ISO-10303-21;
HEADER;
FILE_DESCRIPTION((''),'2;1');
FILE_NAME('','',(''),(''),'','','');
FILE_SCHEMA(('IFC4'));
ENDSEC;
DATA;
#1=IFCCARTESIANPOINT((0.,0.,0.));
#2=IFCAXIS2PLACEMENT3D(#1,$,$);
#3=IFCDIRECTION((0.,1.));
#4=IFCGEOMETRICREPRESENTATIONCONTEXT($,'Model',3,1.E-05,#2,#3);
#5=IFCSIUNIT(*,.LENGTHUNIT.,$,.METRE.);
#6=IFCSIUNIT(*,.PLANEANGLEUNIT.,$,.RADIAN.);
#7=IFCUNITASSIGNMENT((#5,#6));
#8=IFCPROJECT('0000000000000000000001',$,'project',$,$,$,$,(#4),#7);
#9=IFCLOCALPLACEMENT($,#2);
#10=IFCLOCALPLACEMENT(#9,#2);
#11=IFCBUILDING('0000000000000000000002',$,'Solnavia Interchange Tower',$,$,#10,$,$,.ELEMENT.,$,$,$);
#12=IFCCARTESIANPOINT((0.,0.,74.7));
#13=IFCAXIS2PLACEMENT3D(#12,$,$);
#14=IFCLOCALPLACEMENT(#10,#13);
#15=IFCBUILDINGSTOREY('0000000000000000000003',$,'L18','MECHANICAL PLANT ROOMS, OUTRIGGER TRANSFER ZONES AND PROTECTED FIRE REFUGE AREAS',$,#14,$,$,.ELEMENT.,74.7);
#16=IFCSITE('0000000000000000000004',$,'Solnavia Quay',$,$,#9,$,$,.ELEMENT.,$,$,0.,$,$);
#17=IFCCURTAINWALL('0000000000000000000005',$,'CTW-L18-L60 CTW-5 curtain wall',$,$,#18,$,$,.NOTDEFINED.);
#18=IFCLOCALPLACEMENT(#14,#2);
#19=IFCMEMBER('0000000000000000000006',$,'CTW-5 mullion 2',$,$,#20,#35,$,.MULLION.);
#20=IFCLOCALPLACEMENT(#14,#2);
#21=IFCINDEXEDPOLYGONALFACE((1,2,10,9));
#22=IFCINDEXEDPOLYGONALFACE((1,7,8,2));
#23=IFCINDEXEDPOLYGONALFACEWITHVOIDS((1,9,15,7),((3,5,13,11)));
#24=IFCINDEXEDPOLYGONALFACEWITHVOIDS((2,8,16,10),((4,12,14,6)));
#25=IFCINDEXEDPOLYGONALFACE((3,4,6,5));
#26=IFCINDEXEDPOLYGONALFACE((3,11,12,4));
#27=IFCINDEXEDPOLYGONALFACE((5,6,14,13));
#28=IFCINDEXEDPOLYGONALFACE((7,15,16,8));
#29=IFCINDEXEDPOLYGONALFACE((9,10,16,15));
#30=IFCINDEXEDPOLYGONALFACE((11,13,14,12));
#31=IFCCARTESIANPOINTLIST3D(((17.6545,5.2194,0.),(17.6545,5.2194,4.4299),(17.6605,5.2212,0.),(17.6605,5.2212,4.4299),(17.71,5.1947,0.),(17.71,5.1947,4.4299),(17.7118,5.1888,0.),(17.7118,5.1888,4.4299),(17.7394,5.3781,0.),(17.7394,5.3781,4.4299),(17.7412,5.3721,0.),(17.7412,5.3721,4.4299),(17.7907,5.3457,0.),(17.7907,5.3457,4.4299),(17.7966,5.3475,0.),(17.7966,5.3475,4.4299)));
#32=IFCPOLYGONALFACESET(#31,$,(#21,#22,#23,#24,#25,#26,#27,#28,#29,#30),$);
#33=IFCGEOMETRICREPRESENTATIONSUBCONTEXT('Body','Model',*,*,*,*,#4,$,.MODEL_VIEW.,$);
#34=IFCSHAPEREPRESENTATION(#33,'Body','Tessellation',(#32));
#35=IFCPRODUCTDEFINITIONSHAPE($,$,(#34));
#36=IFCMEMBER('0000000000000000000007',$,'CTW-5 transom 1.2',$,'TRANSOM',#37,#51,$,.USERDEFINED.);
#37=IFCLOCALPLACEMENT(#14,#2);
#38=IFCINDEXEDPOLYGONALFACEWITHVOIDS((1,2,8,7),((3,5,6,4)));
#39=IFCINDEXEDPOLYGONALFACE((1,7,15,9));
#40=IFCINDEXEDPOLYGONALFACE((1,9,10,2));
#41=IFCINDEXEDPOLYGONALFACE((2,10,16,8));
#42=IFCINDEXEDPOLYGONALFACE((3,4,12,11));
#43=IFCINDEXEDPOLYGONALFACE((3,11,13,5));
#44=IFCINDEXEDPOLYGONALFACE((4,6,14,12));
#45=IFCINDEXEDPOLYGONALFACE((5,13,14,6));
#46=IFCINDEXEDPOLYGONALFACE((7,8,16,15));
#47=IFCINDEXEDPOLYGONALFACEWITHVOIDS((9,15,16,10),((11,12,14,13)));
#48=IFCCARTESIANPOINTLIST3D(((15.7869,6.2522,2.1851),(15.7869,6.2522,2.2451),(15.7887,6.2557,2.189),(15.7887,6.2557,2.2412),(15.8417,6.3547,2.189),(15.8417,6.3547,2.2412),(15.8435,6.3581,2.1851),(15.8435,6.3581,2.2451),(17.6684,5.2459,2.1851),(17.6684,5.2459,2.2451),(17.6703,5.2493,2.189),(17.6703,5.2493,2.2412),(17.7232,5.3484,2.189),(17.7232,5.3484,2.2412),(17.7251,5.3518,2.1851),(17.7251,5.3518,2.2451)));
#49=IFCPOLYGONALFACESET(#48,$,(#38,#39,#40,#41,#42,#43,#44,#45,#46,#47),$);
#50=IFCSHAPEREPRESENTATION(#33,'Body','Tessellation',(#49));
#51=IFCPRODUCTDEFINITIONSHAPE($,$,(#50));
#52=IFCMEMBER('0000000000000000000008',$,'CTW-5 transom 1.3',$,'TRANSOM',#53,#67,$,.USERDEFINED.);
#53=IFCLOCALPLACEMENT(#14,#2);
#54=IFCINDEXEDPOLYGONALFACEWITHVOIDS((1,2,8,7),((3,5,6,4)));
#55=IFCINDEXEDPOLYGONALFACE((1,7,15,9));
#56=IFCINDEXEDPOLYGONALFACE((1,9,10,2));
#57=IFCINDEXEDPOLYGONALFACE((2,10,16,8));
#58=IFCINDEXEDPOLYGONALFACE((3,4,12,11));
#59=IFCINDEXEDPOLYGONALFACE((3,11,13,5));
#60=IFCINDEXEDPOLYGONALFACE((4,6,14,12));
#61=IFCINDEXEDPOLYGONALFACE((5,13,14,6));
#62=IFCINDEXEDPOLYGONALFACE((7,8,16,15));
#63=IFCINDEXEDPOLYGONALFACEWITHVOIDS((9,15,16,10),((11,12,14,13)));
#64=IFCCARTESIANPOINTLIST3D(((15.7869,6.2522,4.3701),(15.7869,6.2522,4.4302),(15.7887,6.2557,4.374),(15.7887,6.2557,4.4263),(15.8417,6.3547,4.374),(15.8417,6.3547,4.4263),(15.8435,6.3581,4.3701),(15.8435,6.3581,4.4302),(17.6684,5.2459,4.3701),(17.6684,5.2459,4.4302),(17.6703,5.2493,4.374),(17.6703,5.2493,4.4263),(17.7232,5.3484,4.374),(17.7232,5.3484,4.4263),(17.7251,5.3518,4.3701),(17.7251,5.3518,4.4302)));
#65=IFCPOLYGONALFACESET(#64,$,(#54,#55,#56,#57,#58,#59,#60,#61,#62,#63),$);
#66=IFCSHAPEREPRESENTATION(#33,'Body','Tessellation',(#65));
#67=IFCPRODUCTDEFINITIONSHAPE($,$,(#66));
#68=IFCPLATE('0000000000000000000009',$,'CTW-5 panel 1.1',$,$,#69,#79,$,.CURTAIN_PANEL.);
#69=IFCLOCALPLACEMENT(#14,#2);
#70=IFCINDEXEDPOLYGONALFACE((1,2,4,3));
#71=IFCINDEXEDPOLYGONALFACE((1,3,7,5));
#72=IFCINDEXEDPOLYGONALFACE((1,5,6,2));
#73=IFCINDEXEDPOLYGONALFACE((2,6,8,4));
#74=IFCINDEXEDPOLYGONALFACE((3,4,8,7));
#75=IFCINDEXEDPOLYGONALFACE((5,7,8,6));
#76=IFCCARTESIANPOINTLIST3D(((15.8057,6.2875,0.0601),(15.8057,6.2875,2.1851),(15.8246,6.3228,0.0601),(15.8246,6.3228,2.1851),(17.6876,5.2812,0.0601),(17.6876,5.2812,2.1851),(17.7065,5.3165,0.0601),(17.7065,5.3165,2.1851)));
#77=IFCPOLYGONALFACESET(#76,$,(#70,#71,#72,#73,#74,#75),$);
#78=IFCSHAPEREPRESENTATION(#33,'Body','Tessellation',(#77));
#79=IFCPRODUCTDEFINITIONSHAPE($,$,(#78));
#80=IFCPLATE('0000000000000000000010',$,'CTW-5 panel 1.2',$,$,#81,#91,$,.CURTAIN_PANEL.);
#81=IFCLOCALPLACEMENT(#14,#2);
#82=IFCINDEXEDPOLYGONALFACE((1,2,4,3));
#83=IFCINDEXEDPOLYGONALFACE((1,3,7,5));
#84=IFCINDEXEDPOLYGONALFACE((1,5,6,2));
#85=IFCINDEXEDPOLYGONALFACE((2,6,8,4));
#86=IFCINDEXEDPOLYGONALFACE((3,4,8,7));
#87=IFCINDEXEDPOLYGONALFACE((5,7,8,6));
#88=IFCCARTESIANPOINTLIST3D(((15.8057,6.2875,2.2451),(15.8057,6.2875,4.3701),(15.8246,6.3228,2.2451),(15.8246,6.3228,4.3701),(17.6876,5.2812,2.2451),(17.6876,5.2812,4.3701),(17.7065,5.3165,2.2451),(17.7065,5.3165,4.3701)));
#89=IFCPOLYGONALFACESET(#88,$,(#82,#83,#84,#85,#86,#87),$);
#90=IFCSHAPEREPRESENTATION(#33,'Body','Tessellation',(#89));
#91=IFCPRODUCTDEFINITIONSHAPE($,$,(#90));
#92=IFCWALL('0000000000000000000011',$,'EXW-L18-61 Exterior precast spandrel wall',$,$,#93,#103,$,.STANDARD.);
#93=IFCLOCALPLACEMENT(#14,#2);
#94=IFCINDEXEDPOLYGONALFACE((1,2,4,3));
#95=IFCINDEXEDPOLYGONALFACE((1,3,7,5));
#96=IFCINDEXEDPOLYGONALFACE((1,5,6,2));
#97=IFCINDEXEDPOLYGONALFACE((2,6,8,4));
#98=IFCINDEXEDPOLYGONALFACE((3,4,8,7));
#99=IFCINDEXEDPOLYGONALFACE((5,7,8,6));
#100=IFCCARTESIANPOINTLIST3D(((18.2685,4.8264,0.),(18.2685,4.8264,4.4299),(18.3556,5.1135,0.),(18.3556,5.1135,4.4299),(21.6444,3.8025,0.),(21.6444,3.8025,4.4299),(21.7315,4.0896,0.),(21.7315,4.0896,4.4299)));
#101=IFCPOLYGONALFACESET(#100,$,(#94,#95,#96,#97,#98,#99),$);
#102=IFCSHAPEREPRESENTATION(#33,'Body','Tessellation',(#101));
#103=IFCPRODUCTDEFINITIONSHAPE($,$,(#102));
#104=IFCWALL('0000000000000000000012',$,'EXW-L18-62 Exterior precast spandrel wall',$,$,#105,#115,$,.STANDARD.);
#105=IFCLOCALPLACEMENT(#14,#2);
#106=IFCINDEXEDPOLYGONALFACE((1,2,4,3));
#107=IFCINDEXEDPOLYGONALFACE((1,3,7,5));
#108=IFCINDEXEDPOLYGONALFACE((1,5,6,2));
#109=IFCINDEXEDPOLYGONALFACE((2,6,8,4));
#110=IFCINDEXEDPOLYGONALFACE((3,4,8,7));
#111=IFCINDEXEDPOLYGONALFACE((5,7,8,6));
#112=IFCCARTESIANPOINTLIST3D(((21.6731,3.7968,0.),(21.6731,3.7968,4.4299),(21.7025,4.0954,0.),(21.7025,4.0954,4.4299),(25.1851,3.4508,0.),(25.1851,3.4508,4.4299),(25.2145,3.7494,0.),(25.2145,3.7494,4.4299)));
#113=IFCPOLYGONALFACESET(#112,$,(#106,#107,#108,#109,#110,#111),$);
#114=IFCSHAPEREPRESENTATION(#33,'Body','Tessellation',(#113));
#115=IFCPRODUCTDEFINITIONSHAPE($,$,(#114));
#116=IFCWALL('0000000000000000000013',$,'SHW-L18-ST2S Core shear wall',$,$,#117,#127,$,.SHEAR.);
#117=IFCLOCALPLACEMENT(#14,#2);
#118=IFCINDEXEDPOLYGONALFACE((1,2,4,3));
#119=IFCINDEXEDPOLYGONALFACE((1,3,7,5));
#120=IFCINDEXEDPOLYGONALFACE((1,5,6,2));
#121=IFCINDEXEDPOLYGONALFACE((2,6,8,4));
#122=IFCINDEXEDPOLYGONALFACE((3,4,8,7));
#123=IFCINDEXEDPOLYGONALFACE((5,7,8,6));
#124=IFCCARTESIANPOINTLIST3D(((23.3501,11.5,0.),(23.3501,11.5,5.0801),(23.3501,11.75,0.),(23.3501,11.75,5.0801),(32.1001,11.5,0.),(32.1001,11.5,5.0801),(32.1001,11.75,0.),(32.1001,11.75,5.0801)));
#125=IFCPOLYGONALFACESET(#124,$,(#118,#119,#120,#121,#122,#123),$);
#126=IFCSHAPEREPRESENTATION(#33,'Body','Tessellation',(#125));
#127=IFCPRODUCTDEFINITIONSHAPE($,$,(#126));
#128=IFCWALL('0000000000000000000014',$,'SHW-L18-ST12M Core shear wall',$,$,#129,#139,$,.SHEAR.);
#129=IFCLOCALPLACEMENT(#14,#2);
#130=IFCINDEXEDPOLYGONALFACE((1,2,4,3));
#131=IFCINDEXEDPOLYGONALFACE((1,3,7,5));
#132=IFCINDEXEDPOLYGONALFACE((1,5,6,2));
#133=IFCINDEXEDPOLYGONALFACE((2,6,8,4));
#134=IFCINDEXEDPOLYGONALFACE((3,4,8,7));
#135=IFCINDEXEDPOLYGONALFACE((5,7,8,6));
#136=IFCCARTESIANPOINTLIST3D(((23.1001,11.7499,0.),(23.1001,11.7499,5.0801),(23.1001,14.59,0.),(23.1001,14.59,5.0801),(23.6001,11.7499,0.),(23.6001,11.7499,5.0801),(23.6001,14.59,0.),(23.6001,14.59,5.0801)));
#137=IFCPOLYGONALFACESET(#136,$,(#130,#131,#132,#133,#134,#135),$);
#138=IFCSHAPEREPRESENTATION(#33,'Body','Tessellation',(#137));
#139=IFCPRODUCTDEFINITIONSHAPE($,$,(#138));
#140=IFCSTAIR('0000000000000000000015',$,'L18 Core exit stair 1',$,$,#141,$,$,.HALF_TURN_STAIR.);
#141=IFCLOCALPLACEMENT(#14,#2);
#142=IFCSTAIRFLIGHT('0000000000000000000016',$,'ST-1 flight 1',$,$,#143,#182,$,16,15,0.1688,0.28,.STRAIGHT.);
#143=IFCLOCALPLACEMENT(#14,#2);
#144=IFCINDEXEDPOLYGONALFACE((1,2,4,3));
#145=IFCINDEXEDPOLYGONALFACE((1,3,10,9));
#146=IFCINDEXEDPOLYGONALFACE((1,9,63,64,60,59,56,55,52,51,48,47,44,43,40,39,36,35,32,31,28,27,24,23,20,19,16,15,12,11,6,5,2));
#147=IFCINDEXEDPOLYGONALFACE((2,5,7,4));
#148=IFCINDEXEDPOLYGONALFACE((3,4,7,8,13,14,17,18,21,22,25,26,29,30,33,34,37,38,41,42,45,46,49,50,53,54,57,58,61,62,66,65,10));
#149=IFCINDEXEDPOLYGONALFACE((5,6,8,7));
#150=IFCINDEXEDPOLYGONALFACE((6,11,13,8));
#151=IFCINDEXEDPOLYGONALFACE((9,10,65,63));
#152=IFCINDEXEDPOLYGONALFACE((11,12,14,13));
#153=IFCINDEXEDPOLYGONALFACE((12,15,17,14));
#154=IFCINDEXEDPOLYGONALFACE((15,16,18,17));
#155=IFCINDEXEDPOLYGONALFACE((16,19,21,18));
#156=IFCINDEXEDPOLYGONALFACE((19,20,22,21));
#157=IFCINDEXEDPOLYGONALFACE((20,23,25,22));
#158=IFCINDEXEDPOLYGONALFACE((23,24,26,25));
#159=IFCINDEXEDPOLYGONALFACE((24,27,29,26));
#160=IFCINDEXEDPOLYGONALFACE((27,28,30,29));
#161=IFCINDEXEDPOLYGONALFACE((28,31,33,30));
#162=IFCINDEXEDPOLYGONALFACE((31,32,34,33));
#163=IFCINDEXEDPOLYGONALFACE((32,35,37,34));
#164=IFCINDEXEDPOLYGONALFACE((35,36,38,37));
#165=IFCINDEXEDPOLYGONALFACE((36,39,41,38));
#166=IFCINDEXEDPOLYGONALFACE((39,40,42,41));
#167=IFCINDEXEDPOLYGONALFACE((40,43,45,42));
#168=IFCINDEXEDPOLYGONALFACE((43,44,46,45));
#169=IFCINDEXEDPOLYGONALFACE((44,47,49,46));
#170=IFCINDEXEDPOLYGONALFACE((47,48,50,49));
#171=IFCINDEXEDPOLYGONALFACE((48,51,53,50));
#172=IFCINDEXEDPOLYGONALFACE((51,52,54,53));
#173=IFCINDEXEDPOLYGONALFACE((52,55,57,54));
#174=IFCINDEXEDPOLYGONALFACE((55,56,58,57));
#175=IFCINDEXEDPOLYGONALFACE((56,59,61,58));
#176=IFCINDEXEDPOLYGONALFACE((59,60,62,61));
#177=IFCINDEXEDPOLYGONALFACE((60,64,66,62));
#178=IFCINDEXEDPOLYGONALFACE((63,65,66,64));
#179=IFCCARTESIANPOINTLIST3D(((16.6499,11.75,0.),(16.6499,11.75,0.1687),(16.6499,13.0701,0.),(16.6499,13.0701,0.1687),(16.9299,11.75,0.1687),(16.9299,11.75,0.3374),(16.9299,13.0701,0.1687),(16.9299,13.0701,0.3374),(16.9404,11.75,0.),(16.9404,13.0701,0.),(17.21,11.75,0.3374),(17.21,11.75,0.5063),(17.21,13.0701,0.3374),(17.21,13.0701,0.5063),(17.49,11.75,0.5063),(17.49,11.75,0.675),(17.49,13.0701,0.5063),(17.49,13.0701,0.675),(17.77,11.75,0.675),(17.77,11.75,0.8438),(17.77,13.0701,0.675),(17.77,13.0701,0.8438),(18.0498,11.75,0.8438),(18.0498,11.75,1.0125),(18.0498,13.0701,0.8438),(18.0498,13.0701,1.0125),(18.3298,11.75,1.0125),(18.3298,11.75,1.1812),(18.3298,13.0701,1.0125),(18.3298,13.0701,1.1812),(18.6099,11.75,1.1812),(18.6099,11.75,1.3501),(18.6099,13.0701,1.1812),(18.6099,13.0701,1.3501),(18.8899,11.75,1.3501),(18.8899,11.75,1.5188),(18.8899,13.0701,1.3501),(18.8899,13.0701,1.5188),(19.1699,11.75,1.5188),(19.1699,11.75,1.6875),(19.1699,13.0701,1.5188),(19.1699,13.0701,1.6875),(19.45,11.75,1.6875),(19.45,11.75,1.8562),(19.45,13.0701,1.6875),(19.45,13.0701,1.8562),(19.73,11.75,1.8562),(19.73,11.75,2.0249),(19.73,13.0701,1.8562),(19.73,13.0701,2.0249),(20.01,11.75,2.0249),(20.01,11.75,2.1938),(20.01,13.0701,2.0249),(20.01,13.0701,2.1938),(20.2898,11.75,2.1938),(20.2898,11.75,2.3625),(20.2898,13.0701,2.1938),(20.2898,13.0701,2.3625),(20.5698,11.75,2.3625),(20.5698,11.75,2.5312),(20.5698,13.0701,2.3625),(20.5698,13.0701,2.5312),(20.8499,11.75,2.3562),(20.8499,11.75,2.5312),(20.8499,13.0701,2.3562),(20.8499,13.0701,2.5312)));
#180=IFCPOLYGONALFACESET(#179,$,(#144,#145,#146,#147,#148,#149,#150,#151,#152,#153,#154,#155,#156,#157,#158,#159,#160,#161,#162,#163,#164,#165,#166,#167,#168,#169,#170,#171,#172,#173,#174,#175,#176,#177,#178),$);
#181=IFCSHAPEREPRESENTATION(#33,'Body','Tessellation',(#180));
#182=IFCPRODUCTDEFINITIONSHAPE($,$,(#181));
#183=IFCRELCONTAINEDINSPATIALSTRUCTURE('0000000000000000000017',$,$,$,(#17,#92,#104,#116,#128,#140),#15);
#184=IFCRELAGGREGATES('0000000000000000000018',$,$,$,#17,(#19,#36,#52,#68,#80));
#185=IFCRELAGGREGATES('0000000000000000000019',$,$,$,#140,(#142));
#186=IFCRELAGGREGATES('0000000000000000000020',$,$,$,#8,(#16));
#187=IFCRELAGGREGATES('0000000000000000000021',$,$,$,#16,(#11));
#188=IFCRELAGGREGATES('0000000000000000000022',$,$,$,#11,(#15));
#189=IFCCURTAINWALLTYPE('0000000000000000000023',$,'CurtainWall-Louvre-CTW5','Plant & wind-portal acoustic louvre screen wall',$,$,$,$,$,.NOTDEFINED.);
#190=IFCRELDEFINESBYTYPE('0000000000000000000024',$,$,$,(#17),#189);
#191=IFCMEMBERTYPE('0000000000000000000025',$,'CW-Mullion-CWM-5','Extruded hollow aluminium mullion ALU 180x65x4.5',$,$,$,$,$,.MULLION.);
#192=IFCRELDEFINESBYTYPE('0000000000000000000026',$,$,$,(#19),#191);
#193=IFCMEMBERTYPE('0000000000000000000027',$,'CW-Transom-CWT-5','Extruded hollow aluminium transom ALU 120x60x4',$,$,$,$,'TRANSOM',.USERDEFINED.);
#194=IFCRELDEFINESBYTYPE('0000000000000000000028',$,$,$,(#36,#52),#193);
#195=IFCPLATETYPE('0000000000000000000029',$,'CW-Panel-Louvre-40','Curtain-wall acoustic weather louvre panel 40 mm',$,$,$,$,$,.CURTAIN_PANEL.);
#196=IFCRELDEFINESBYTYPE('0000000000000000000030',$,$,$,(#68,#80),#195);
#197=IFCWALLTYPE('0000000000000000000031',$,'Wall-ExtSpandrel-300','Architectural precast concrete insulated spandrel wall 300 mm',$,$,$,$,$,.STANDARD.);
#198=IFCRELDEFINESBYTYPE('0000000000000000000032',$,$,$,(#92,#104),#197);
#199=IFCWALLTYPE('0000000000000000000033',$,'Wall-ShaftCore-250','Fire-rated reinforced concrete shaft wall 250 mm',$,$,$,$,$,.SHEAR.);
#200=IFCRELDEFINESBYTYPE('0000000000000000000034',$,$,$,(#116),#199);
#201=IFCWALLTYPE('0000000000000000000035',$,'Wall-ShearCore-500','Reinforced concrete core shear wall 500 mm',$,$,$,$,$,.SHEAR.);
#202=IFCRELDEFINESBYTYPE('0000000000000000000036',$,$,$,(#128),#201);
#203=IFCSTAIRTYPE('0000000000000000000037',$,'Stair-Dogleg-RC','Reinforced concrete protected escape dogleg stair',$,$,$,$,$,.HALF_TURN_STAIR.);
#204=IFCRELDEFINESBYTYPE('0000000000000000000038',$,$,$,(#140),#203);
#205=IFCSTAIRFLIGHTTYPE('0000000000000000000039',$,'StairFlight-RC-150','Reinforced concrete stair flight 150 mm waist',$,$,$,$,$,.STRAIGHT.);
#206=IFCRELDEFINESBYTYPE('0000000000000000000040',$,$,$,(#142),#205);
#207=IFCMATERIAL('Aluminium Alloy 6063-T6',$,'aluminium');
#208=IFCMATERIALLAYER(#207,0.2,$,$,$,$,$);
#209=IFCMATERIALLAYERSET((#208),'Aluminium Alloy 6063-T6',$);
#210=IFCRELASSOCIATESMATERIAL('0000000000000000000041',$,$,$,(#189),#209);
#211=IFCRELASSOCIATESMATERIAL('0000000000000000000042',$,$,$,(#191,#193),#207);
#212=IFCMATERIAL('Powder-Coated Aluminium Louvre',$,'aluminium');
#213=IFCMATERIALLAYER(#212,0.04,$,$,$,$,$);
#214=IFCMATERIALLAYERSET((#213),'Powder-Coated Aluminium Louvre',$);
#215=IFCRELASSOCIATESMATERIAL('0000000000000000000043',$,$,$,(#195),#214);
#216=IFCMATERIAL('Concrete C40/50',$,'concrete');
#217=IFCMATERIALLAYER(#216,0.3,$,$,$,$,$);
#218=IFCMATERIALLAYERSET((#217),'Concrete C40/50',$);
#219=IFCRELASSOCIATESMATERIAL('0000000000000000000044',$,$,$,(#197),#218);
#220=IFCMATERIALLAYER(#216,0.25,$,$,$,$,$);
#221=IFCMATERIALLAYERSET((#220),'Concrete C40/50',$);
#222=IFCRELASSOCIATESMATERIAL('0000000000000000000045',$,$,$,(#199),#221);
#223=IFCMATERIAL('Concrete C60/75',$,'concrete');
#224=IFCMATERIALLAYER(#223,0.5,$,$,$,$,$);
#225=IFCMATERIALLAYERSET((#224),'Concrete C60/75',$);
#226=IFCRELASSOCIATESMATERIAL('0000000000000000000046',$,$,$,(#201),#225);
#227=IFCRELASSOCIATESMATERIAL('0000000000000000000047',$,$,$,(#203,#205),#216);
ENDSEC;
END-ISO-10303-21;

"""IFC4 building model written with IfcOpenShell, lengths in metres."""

from ifc_helpers import new_model, si_unit, direction, frame, frame_2d, origin, origin_2d, place, context, subcontext, project, spatial, polyline, rectangle, hollow_rectangle, outline, extrude, material, layer, layer_set, material_profile, profile_set, type_object, element, aggregate, save


model = new_model("IFC4")

# Units and contexts
model_context = context("Model", 3, precision=1e-05, world=origin(), true_north=direction((0.0, 1.0)))
body_context = subcontext(model_context, "Body", "Model", "MODEL_VIEW")
ifc_project = project(units=[si_unit("LENGTHUNIT", "METRE"), si_unit("PLANEANGLEUNIT", "RADIAN")], contexts=[model_context])

# Site, building, storey
site_placement = place(None, origin())
site = spatial("IfcSite", under=ifc_project, at=site_placement, Name="Solnavia Quay", CompositionType="ELEMENT", RefElevation=0.0)
building_placement = place(site_placement, origin())
building = spatial("IfcBuilding", under=site, at=building_placement, Name="Solnavia Interchange Tower", CompositionType="ELEMENT")
storey_placement = place(building_placement, frame((0.0, 0.0, 74.7)))
storey = spatial("IfcBuildingStorey", under=building, at=storey_placement, Name="L18", Description="MECHANICAL PLANT ROOMS, OUTRIGGER TRANSFER ZONES AND PROTECTED FIRE REFUGE AREAS", CompositionType="ELEMENT", Elevation=74.7)

# Shared definitions
ifc_material_1 = material(Name="Concrete C60/75", Category="concrete")

# Curtain wall, members, plates
ifc_material_2 = material(Name="Aluminium Alloy 6063-T6", Category="aluminium")
ifc_layer_1 = layer(ifc_material_2, 0.2)
ifc_layer_set_1 = layer_set([ifc_layer_1], Name="Aluminium Alloy 6063-T6")
curtain_wall_type = type_object("IfcCurtainWallType", Name="CurtainWall-Louvre-CTW5", Description="Plant & wind-portal acoustic louvre screen wall", PredefinedType="NOTDEFINED", material=ifc_layer_set_1)
curtain_wall_placement = place(storey_placement, origin())
curtain_wall = element("IfcCurtainWall", 1, at=curtain_wall_placement, inside=storey, type_object=curtain_wall_type, Name="CTW-L18-L60 CTW-5 curtain wall", PredefinedType="NOTDEFINED")
ifc_material_profile_1 = material_profile(ifc_material_2, hollow_rectangle(XDim=0.0649, YDim=0.1799, WallThickness=0.0044, at=origin_2d()), Name="ALU 180x65x4.5")
ifc_profile_set_1 = profile_set([ifc_material_profile_1], Name="Aluminium Alloy 6063-T6")
member_type_1 = type_object("IfcMemberType", Name="CW-Mullion-CWM-5", Description="Extruded hollow aluminium mullion ALU 180x65x4.5", PredefinedType="MULLION", material=ifc_profile_set_1)
member_1_placement = place(storey_placement, frame((17.7256, 5.2834, 0.0), z_axis=(0.0, 0.0, 1.0), x_axis=(0.881829, -0.471569, 0.0)))
member_1 = element("IfcMember", 2, at=member_1_placement, type_object=member_type_1, Name="CTW-5 mullion 2", PredefinedType="MULLION", context=body_context, shape_type="SweptSolid", body=[
    extrude(hollow_rectangle(XDim=0.0649, YDim=0.1799, WallThickness=0.0044, at=origin_2d()), origin(), (0.0, 0.0, 1.0), 4.4299),
])
ifc_material_profile_2 = material_profile(ifc_material_2, hollow_rectangle(XDim=0.0601, YDim=0.1201, WallThickness=0.0039, at=origin_2d()), Name="ALU 120x60x4")
ifc_profile_set_2 = profile_set([ifc_material_profile_2], Name="Aluminium Alloy 6063-T6")
member_type_2 = type_object("IfcMemberType", Name="CW-Transom-CWT-5", Description="Extruded hollow aluminium transom ALU 120x60x4", ElementType="TRANSOM", PredefinedType="USERDEFINED", material=ifc_profile_set_2)
member_2_placement = place(storey_placement, frame((15.8152, 6.3052, 2.2151), z_axis=(0.881801, -0.471621, 0.0), x_axis=(0.0, 0.0, 1.0)))
member_2 = element("IfcMember", 3, at=member_2_placement, type_object=member_type_2, Name="CTW-5 transom 1.2", ObjectType="TRANSOM", PredefinedType="USERDEFINED", context=body_context, shape_type="SweptSolid", body=[
    extrude(hollow_rectangle(XDim=0.0601, YDim=0.1201, WallThickness=0.0039, at=origin_2d()), origin(), (0.0, 0.0, 1.0), 2.1338),
])
member_3_placement = place(storey_placement, frame((15.8152, 6.3052, 4.4001), z_axis=(0.881801, -0.471621, 0.0), x_axis=(0.0, 0.0, 1.0)))
member_3 = element("IfcMember", 4, at=member_3_placement, type_object=member_type_2, Name="CTW-5 transom 1.3", ObjectType="TRANSOM", PredefinedType="USERDEFINED", context=body_context, shape_type="SweptSolid", body=[
    extrude(hollow_rectangle(XDim=0.0601, YDim=0.1201, WallThickness=0.0039, at=origin_2d()), origin(), (0.0, 0.0, 1.0), 2.1338),
])
ifc_material_3 = material(Name="Powder-Coated Aluminium Louvre", Category="aluminium")
ifc_layer_2 = layer(ifc_material_3, 0.04)
ifc_layer_set_2 = layer_set([ifc_layer_2], Name="Powder-Coated Aluminium Louvre")
plate_type = type_object("IfcPlateType", Name="CW-Panel-Louvre-40", Description="Curtain-wall acoustic weather louvre panel 40 mm", PredefinedType="CURTAIN_PANEL", material=ifc_layer_set_2)
plate_1_placement = place(storey_placement, frame((16.7561, 5.802, 0.0601), z_axis=(0.0, 0.0, 1.0), x_axis=(0.881829, -0.471569, 0.0)))
plate_1 = element("IfcPlate", 5, at=plate_1_placement, type_object=plate_type, Name="CTW-5 panel 1.1", PredefinedType="CURTAIN_PANEL", context=body_context, shape_type="SweptSolid", body=[
    extrude(rectangle(XDim=2.134, YDim=0.04, at=origin_2d()), origin(), (0.0, 0.0, 1.0), 2.125),
])
plate_2_placement = place(storey_placement, frame((16.7561, 5.802, 2.2451), z_axis=(0.0, 0.0, 1.0), x_axis=(0.881829, -0.471569, 0.0)))
plate_2 = element("IfcPlate", 6, at=plate_2_placement, type_object=plate_type, Name="CTW-5 panel 1.2", PredefinedType="CURTAIN_PANEL", context=body_context, shape_type="SweptSolid", body=[
    extrude(rectangle(XDim=2.134, YDim=0.04, at=origin_2d()), origin(), (0.0, 0.0, 1.0), 2.125),
])
aggregate(curtain_wall, [member_1, member_2, member_3, plate_1, plate_2])

# Walls
ifc_material_4 = material(Name="Concrete C40/50", Category="concrete")
ifc_layer_3 = layer(ifc_material_4, 0.3)
ifc_layer_set_3 = layer_set([ifc_layer_3], Name="Concrete C40/50")
wall_type_1 = type_object("IfcWallType", Name="Wall-ExtSpandrel-300", Description="Architectural precast concrete insulated spandrel wall 300 mm", PredefinedType="STANDARD", material=ifc_layer_set_3)
wall_1_placement = place(storey_placement, frame((21.688, 3.946, 0.0), z_axis=(0.0, 0.0, 1.0), x_axis=(-0.956953, 0.290242, 0.0)))
element("IfcWall", 7, at=wall_1_placement, inside=storey, type_object=wall_type_1, Name="EXW-L18-61 Exterior precast spandrel wall", PredefinedType="STANDARD", context=body_context, shape_type="SweptSolid", body=[
    extrude(rectangle(XDim=3.5278, YDim=0.3, at=frame_2d((1.7639, 0.0))), origin(), (0.0, 0.0, 1.0), 4.4299),
])
wall_2_placement = place(storey_placement, frame((25.2, 3.6001, 0.0), z_axis=(0.0, 0.0, 1.0), x_axis=(-0.995183, 0.098031, 0.0)))
element("IfcWall", 8, at=wall_2_placement, inside=storey, type_object=wall_type_1, Name="EXW-L18-62 Exterior precast spandrel wall", PredefinedType="STANDARD", context=body_context, shape_type="SweptSolid", body=[
    extrude(rectangle(XDim=3.5291, YDim=0.3, at=frame_2d((1.7646, 0.0))), origin(), (0.0, 0.0, 1.0), 4.4299),
])
ifc_layer_4 = layer(ifc_material_4, 0.25)
ifc_layer_set_4 = layer_set([ifc_layer_4], Name="Concrete C40/50")
wall_type_2 = type_object("IfcWallType", Name="Wall-ShaftCore-250", Description="Fire-rated reinforced concrete shaft wall 250 mm", PredefinedType="SHEAR", material=ifc_layer_set_4)
wall_3_placement = place(storey_placement, frame((23.3501, 11.625, 0.0), z_axis=(0.0, 0.0, 1.0), x_axis=(1.0, 0.0, 0.0)))
element("IfcWall", 9, at=wall_3_placement, inside=storey, type_object=wall_type_2, Name="SHW-L18-ST2S Core shear wall", PredefinedType="SHEAR", context=body_context, shape_type="SweptSolid", body=[
    extrude(rectangle(XDim=8.75, YDim=0.25, at=frame_2d((4.375, 0.0))), origin(), (0.0, 0.0, 1.0), 5.0801),
])
ifc_layer_5 = layer(ifc_material_1, 0.5)
ifc_layer_set_5 = layer_set([ifc_layer_5], Name="Concrete C60/75")
wall_type_3 = type_object("IfcWallType", Name="Wall-ShearCore-500", Description="Reinforced concrete core shear wall 500 mm", PredefinedType="SHEAR", material=ifc_layer_set_5)
wall_4_placement = place(storey_placement, frame((23.3501, 11.75, 0.0), z_axis=(0.0, 0.0, 1.0), x_axis=(0.0, 1.0, 0.0)))
element("IfcWall", 10, at=wall_4_placement, inside=storey, type_object=wall_type_3, Name="SHW-L18-ST12M Core shear wall", PredefinedType="SHEAR", context=body_context, shape_type="SweptSolid", body=[
    extrude(rectangle(XDim=2.8401, YDim=0.5, at=frame_2d((1.4199, 0.0))), origin(), (0.0, 0.0, 1.0), 5.0801),
])

# Stair, stair flight
stair_type = type_object("IfcStairType", Name="Stair-Dogleg-RC", Description="Reinforced concrete protected escape dogleg stair", PredefinedType="HALF_TURN_STAIR", material=ifc_material_4)
stair_1_placement = place(storey_placement, origin())
stair_1 = element("IfcStair", 11, at=stair_1_placement, inside=storey, type_object=stair_type, Name="L18 Core exit stair 1", PredefinedType="HALF_TURN_STAIR")
stair_flight_type = type_object("IfcStairFlightType", Name="StairFlight-RC-150", Description="Reinforced concrete stair flight 150 mm waist", PredefinedType="STRAIGHT", material=ifc_material_4)
stair_flight_1_placement = place(storey_placement, frame((16.6499, 12.4099, 0.0), z_axis=(0.0, 0.0, 1.0), x_axis=(1.0, 0.0, 0.0)))
stair_flight_1 = element("IfcStairFlight", 12, at=stair_flight_1_placement, type_object=stair_flight_type, Name="ST-1 flight 1", NumberOfRisers=16, NumberOfTreads=15, PredefinedType="STRAIGHT", RiserHeight=0.1688, TreadLength=0.28, context=body_context, shape_type="SweptSolid", body=[
    extrude(outline(polyline([(0.0, 0.0), (0.0, 0.1687), (0.28, 0.1687), (0.28, 0.3374), (0.5601, 0.3374), (0.5601, 0.5063), (0.8401, 0.5063), (0.8401, 0.675), (1.1201, 0.675), (1.1201, 0.8438), (1.3999, 0.8438), (1.3999, 1.0125), (1.6799, 1.0125), (1.6799, 1.1812), (1.96, 1.1812), (1.96, 1.3501), (2.24, 1.3501), (2.24, 1.5188), (2.52, 1.5188), (2.52, 1.6875), (2.8, 1.6875), (2.8, 1.8562), (3.0801, 1.8562), (3.0801, 2.0249), (3.3601, 2.0249), (3.3601, 2.1938), (3.6399, 2.1938), (3.6399, 2.3625), (3.9199, 2.3625), (3.9199, 2.5312), (4.2, 2.5312), (4.2, 2.7), (4.2, 2.3562), (0.2905, 0.0), (0.0, 0.0)])), frame((0.0, 0.6602, 0.0), z_axis=(0.0, -1.0, 0.0), x_axis=(1.0, 0.0, 0.0)), (0.0, 0.0, 1.0), 1.3201),
])
aggregate(stair_1, [stair_flight_1])

save(model, "model.ifc")
